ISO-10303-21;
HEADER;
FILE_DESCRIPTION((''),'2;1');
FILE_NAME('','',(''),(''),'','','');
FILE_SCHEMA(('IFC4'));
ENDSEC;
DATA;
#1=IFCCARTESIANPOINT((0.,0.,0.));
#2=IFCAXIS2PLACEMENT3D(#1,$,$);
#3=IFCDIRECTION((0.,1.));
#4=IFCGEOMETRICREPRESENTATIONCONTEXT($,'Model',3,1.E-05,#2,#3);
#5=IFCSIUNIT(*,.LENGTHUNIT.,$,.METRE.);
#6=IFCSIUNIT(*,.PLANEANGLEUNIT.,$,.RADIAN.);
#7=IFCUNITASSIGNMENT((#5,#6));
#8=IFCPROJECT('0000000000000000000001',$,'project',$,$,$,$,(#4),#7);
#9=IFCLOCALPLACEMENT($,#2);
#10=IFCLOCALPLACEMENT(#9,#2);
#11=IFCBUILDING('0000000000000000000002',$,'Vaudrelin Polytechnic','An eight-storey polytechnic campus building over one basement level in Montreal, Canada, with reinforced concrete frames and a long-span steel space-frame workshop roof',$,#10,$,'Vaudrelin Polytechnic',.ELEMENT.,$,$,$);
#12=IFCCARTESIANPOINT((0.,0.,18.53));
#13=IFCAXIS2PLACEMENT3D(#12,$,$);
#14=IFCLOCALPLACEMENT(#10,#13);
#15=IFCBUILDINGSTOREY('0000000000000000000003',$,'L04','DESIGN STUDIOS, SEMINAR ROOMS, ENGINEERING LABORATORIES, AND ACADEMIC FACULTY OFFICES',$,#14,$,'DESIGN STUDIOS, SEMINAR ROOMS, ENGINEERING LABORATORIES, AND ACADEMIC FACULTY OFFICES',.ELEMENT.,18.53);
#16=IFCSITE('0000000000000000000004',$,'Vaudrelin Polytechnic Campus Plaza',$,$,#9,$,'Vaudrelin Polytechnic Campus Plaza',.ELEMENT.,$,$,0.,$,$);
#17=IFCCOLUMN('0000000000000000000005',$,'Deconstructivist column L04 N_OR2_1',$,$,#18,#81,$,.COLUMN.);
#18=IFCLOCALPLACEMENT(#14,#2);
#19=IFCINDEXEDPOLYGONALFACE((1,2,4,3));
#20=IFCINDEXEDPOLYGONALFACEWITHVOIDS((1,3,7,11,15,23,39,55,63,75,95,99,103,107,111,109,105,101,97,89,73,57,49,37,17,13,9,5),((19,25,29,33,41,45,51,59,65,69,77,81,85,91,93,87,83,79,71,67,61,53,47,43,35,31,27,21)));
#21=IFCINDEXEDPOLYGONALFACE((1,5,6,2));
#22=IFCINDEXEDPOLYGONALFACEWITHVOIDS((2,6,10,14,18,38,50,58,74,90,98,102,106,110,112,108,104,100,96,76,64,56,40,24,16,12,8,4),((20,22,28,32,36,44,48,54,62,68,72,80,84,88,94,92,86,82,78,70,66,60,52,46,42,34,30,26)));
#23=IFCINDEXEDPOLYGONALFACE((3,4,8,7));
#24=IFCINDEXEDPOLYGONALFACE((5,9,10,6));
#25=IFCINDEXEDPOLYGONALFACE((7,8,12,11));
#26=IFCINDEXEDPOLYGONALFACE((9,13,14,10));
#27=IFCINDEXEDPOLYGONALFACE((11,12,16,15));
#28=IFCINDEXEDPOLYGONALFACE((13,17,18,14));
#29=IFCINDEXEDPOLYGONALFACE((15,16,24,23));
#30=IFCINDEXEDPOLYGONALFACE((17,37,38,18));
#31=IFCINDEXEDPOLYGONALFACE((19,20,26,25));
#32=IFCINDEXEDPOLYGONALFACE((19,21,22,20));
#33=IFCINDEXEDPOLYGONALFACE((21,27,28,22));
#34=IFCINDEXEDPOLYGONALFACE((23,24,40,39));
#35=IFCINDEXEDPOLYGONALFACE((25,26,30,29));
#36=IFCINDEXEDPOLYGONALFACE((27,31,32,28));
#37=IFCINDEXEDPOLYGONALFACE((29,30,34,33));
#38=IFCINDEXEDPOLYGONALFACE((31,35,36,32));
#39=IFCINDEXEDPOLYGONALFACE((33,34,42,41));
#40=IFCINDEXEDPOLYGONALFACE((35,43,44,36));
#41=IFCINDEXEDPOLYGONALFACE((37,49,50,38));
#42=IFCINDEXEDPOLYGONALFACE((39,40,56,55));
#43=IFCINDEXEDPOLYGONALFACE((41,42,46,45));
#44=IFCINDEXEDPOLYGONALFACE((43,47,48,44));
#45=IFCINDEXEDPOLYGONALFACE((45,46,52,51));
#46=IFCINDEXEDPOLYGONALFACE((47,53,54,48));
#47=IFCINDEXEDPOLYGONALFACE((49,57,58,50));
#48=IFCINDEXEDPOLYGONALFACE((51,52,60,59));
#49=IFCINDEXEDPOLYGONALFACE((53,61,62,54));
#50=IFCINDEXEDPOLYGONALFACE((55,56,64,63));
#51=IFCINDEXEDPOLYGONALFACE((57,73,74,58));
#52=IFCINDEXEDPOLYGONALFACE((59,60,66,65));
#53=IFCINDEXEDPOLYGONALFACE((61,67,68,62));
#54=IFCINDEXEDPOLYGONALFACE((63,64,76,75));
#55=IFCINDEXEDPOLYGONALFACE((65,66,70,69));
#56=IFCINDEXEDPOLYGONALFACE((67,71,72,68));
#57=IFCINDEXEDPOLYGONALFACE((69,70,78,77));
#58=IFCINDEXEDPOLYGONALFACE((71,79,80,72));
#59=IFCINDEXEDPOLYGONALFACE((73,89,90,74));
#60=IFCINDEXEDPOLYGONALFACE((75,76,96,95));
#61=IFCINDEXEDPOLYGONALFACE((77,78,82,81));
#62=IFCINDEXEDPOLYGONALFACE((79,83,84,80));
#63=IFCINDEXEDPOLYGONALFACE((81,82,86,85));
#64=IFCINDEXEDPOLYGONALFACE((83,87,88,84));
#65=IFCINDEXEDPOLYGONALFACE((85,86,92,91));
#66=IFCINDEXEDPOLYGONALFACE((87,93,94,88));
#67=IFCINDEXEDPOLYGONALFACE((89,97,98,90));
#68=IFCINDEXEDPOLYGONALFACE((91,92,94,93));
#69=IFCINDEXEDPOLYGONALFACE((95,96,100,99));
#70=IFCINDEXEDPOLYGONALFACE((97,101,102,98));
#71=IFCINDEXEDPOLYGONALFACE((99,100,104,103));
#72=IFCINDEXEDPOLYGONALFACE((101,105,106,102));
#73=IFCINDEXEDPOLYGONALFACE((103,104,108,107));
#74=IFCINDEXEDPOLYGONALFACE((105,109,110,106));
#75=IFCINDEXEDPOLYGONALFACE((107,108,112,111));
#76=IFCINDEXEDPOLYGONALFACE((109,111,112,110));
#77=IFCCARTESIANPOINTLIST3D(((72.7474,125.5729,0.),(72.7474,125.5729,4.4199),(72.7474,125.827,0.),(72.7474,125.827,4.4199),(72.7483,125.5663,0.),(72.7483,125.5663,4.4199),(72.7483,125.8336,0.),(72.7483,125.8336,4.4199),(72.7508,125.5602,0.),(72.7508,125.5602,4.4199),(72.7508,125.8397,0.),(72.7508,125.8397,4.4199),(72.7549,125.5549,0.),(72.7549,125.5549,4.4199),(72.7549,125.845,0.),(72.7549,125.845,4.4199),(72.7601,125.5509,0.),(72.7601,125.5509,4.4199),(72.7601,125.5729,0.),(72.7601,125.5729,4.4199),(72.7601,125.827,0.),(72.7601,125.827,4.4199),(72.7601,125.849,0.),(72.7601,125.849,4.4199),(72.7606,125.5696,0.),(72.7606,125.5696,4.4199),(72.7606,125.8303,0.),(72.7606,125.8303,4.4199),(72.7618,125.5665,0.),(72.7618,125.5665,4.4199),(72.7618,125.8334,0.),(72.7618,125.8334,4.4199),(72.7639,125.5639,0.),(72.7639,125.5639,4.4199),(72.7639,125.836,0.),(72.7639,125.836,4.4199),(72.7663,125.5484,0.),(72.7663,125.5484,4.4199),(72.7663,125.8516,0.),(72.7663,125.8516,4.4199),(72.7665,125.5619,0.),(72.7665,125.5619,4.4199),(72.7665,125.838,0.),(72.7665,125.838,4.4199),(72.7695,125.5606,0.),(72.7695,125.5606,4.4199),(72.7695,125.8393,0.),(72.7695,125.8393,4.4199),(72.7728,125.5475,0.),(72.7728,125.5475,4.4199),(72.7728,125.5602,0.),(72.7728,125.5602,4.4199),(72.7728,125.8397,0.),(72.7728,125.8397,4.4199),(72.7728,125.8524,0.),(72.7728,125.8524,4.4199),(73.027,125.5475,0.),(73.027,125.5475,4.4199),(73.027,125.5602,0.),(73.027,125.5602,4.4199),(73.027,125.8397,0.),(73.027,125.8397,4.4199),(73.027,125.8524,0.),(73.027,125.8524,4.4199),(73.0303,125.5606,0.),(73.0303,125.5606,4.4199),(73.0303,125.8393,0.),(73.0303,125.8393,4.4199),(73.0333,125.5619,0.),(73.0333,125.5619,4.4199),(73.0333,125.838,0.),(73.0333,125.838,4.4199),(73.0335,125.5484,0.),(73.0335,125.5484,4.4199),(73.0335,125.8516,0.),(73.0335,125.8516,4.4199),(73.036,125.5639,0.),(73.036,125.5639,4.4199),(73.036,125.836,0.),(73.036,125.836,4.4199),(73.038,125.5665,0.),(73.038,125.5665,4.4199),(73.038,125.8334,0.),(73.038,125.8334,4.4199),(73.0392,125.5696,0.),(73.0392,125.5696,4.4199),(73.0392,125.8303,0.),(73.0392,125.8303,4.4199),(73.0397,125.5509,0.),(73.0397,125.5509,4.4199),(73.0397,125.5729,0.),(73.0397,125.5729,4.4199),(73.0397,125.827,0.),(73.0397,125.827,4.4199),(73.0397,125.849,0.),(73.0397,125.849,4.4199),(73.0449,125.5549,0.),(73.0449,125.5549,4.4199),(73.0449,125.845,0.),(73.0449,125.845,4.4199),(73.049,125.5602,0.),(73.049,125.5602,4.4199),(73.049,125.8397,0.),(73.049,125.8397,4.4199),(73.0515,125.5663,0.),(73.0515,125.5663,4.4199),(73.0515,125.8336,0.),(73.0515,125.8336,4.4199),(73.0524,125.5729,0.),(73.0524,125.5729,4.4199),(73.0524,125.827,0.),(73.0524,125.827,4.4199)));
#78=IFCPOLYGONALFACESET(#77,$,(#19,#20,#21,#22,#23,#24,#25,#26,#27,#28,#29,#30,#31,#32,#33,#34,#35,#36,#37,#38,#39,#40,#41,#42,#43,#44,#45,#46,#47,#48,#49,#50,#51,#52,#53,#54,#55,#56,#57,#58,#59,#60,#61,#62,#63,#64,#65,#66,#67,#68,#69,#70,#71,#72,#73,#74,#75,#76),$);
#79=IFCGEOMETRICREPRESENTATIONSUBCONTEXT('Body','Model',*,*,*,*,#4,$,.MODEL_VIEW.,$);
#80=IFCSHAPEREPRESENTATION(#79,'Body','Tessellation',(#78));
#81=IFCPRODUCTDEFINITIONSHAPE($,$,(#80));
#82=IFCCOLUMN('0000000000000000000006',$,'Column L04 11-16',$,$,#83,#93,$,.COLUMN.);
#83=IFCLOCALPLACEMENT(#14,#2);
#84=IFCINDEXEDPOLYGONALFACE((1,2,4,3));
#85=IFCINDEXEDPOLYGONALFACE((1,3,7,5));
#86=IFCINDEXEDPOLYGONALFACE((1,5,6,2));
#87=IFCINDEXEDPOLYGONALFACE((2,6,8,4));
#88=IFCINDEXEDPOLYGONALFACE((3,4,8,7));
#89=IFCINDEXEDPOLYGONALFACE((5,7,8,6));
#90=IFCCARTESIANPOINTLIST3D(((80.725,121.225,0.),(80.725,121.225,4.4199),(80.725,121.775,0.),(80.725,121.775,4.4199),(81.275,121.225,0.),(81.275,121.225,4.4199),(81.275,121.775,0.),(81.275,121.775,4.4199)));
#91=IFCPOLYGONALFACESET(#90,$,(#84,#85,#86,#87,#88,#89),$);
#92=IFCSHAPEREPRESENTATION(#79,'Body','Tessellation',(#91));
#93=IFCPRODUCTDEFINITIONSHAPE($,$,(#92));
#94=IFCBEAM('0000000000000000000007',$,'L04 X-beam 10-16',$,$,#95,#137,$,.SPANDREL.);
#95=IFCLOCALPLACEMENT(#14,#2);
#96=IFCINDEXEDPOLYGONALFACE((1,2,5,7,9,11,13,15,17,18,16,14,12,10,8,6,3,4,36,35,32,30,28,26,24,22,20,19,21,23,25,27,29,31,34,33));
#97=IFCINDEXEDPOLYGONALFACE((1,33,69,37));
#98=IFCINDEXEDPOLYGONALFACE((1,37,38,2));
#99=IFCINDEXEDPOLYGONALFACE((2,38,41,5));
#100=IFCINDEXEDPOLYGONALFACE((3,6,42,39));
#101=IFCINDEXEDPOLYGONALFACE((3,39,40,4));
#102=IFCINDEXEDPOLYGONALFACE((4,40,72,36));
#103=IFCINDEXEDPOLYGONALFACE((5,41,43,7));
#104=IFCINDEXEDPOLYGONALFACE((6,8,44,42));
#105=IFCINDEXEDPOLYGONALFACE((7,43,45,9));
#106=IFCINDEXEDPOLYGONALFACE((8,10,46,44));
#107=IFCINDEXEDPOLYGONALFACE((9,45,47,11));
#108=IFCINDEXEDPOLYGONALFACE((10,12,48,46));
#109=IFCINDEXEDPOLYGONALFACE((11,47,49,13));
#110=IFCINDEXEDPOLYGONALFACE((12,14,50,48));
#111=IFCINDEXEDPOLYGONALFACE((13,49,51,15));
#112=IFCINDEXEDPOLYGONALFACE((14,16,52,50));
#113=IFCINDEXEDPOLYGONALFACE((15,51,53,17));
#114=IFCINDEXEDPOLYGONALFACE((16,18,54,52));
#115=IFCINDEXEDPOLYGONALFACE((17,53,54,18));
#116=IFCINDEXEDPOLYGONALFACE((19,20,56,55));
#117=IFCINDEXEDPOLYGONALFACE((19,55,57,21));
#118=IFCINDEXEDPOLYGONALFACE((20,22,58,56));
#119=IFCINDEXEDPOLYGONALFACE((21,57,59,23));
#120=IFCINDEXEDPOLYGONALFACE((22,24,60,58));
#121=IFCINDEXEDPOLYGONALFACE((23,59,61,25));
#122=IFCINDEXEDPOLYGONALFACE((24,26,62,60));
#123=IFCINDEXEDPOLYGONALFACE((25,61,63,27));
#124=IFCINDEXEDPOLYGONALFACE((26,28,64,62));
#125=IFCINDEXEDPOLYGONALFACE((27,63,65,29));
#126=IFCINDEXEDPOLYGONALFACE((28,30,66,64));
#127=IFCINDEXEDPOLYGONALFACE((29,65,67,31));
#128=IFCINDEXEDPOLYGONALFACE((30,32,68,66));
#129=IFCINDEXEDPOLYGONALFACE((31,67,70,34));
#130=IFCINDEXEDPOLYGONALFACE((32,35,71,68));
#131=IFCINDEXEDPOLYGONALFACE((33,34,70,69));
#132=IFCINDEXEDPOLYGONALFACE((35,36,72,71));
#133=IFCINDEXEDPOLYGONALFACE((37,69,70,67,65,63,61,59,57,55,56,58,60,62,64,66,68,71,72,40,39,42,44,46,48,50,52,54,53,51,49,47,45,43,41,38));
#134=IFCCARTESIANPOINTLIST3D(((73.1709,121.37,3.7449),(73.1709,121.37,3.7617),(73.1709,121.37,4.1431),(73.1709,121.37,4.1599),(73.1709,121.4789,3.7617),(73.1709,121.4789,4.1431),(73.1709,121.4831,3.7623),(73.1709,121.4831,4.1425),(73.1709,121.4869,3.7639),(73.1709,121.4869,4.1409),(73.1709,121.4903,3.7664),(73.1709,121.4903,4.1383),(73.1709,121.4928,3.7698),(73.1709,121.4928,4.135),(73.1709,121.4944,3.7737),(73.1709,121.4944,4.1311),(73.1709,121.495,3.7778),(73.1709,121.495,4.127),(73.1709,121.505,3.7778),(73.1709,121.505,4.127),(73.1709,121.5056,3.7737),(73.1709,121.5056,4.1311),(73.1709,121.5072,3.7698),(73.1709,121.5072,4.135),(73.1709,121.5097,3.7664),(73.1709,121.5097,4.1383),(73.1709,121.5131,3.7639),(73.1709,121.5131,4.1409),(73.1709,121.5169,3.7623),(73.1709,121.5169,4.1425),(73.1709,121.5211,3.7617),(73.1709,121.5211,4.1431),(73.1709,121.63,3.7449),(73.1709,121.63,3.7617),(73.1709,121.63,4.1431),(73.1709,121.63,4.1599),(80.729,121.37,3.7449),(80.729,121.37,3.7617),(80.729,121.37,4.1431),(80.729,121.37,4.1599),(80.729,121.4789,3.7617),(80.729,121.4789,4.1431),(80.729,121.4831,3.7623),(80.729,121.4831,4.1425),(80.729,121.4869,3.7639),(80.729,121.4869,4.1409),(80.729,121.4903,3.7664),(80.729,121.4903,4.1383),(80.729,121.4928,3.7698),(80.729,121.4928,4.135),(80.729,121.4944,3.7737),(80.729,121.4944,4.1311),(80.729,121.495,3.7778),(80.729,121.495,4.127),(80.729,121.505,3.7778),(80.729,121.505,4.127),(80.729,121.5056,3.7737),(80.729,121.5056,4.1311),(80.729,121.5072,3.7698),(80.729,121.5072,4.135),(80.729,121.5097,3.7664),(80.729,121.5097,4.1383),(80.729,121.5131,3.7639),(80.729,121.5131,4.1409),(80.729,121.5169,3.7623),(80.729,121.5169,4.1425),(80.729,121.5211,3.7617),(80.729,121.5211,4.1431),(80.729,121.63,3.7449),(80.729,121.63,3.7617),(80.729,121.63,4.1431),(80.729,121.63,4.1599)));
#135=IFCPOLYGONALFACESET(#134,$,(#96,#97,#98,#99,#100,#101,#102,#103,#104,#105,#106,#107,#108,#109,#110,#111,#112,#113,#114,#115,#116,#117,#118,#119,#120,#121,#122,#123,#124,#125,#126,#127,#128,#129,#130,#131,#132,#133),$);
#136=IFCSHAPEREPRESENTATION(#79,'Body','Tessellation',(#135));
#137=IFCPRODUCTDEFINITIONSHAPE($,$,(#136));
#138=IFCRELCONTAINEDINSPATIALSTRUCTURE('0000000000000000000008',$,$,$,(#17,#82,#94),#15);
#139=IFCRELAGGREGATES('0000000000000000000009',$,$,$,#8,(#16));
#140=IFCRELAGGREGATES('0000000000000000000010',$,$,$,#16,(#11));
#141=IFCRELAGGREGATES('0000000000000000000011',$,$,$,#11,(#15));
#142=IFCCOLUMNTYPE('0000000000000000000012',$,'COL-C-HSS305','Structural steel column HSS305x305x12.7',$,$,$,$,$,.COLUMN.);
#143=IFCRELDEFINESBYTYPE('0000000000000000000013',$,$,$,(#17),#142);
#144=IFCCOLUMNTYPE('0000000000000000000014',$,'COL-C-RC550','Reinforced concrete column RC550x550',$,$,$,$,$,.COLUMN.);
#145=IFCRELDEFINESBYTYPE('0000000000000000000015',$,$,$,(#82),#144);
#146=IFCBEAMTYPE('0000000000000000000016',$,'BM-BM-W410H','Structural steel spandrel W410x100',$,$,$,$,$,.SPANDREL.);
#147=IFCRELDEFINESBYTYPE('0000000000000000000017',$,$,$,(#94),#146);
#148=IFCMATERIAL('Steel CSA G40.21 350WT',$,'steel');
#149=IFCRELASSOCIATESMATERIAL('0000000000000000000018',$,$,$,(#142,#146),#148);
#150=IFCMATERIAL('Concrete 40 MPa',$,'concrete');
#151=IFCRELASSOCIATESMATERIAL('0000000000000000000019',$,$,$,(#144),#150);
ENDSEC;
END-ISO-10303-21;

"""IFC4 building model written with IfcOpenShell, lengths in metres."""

from ifc_helpers import new_model, si_unit, direction, frame, origin, origin_2d, place, context, subcontext, project, spatial, rectangle, hollow_rectangle, i_section, extrude, material, material_profile, profile_set, type_object, element, save


model = new_model("IFC4")

# Units and contexts
model_context = context("Model", 3, precision=1e-05, world=origin(), true_north=direction((0.0, 1.0)))
body_context = subcontext(model_context, "Body", "Model", "MODEL_VIEW")
ifc_project = project(units=[si_unit("LENGTHUNIT", "METRE"), si_unit("PLANEANGLEUNIT", "RADIAN")], contexts=[model_context])

# Site, building, storey
site_placement = place(None, origin())
site = spatial("IfcSite", under=ifc_project, at=site_placement, Name="Vaudrelin Polytechnic Campus Plaza", LongName="Vaudrelin Polytechnic Campus Plaza", CompositionType="ELEMENT", RefElevation=0.0)
building_placement = place(site_placement, origin())
building = spatial("IfcBuilding", under=site, at=building_placement, Name="Vaudrelin Polytechnic", Description="An eight-storey polytechnic campus building over one basement level in Montreal, Canada, with reinforced concrete frames and a long-span steel space-frame workshop roof", LongName="Vaudrelin Polytechnic", CompositionType="ELEMENT")
storey_placement = place(building_placement, frame((0.0, 0.0, 18.53)))
storey = spatial("IfcBuildingStorey", under=building, at=storey_placement, Name="L04", Description="DESIGN STUDIOS, SEMINAR ROOMS, ENGINEERING LABORATORIES, AND ACADEMIC FACULTY OFFICES", LongName="DESIGN STUDIOS, SEMINAR ROOMS, ENGINEERING LABORATORIES, AND ACADEMIC FACULTY OFFICES", CompositionType="ELEMENT", Elevation=18.53)

# Columns
ifc_material_1 = material(Name="Steel CSA G40.21 350WT", Category="steel")
ifc_material_profile_1 = material_profile(ifc_material_1, hollow_rectangle(XDim=0.3049, YDim=0.3049, WallThickness=0.0127, InnerFilletRadius=0.0127, OuterFilletRadius=0.0254, at=origin_2d()), Name="HSS305x305x12.7")
ifc_profile_set_1 = profile_set([ifc_material_profile_1], Name="Steel CSA G40.21 350WT")
column_type_1 = type_object("IfcColumnType", Name="COL-C-HSS305", Description="Structural steel column HSS305x305x12.7", PredefinedType="COLUMN", material=ifc_profile_set_1)
column_1_placement = place(storey_placement, frame((72.8999, 125.7, 0.0), z_axis=(0.0, 0.0, 1.0), x_axis=(1.0, 0.0, 0.0)))
element("IfcColumn", 1, at=column_1_placement, inside=storey, type_object=column_type_1, Name="Deconstructivist column L04 N_OR2_1", PredefinedType="COLUMN", context=body_context, shape_type="SweptSolid", body=[
    extrude(hollow_rectangle(XDim=0.3049, YDim=0.3049, WallThickness=0.0127, InnerFilletRadius=0.0127, OuterFilletRadius=0.0254, at=origin_2d()), origin(), (0.0, 0.0, 1.0), 4.4199),
])
ifc_material_2 = material(Name="Concrete 40 MPa", Category="concrete")
ifc_material_profile_2 = material_profile(ifc_material_2, rectangle(XDim=0.55, YDim=0.55, at=origin_2d()), Name="RC550x550")
ifc_profile_set_2 = profile_set([ifc_material_profile_2], Name="Concrete 40 MPa")
column_type_2 = type_object("IfcColumnType", Name="COL-C-RC550", Description="Reinforced concrete column RC550x550", PredefinedType="COLUMN", material=ifc_profile_set_2)
column_2_placement = place(storey_placement, frame((81.0, 121.5, 0.0), z_axis=(0.0, 0.0, 1.0), x_axis=(1.0, 0.0, 0.0)))
element("IfcColumn", 2, at=column_2_placement, inside=storey, type_object=column_type_2, Name="Column L04 11-16", PredefinedType="COLUMN", context=body_context, shape_type="SweptSolid", body=[
    extrude(rectangle(XDim=0.55, YDim=0.55, at=origin_2d()), origin(), (0.0, 0.0, 1.0), 4.4199),
])

# Beam
ifc_material_profile_3 = material_profile(ifc_material_1, i_section(OverallWidth=0.26, OverallDepth=0.415, WebThickness=0.01, FlangeThickness=0.0168, FilletRadius=0.0161, at=origin_2d()), Name="W410x100")
ifc_profile_set_3 = profile_set([ifc_material_profile_3], Name="Steel CSA G40.21 350WT")
beam_type_1 = type_object("IfcBeamType", Name="BM-BM-W410H", Description="Structural steel spandrel W410x100", PredefinedType="SPANDREL", material=ifc_profile_set_3)
beam_1_placement = place(storey_placement, frame((73.1709, 121.5, 3.9524), z_axis=(1.0, 0.0, 0.0), x_axis=(0.0, 1.0, 0.0)))
element("IfcBeam", 3, at=beam_1_placement, inside=storey, type_object=beam_type_1, Name="L04 X-beam 10-16", PredefinedType="SPANDREL", context=body_context, shape_type="SweptSolid", body=[
    extrude(i_section(OverallWidth=0.26, OverallDepth=0.415, WebThickness=0.01, FlangeThickness=0.0168, FilletRadius=0.0161, at=origin_2d()), origin(), (0.0, 0.0, 1.0), 7.5581),
])

save(model, "model.ifc")
